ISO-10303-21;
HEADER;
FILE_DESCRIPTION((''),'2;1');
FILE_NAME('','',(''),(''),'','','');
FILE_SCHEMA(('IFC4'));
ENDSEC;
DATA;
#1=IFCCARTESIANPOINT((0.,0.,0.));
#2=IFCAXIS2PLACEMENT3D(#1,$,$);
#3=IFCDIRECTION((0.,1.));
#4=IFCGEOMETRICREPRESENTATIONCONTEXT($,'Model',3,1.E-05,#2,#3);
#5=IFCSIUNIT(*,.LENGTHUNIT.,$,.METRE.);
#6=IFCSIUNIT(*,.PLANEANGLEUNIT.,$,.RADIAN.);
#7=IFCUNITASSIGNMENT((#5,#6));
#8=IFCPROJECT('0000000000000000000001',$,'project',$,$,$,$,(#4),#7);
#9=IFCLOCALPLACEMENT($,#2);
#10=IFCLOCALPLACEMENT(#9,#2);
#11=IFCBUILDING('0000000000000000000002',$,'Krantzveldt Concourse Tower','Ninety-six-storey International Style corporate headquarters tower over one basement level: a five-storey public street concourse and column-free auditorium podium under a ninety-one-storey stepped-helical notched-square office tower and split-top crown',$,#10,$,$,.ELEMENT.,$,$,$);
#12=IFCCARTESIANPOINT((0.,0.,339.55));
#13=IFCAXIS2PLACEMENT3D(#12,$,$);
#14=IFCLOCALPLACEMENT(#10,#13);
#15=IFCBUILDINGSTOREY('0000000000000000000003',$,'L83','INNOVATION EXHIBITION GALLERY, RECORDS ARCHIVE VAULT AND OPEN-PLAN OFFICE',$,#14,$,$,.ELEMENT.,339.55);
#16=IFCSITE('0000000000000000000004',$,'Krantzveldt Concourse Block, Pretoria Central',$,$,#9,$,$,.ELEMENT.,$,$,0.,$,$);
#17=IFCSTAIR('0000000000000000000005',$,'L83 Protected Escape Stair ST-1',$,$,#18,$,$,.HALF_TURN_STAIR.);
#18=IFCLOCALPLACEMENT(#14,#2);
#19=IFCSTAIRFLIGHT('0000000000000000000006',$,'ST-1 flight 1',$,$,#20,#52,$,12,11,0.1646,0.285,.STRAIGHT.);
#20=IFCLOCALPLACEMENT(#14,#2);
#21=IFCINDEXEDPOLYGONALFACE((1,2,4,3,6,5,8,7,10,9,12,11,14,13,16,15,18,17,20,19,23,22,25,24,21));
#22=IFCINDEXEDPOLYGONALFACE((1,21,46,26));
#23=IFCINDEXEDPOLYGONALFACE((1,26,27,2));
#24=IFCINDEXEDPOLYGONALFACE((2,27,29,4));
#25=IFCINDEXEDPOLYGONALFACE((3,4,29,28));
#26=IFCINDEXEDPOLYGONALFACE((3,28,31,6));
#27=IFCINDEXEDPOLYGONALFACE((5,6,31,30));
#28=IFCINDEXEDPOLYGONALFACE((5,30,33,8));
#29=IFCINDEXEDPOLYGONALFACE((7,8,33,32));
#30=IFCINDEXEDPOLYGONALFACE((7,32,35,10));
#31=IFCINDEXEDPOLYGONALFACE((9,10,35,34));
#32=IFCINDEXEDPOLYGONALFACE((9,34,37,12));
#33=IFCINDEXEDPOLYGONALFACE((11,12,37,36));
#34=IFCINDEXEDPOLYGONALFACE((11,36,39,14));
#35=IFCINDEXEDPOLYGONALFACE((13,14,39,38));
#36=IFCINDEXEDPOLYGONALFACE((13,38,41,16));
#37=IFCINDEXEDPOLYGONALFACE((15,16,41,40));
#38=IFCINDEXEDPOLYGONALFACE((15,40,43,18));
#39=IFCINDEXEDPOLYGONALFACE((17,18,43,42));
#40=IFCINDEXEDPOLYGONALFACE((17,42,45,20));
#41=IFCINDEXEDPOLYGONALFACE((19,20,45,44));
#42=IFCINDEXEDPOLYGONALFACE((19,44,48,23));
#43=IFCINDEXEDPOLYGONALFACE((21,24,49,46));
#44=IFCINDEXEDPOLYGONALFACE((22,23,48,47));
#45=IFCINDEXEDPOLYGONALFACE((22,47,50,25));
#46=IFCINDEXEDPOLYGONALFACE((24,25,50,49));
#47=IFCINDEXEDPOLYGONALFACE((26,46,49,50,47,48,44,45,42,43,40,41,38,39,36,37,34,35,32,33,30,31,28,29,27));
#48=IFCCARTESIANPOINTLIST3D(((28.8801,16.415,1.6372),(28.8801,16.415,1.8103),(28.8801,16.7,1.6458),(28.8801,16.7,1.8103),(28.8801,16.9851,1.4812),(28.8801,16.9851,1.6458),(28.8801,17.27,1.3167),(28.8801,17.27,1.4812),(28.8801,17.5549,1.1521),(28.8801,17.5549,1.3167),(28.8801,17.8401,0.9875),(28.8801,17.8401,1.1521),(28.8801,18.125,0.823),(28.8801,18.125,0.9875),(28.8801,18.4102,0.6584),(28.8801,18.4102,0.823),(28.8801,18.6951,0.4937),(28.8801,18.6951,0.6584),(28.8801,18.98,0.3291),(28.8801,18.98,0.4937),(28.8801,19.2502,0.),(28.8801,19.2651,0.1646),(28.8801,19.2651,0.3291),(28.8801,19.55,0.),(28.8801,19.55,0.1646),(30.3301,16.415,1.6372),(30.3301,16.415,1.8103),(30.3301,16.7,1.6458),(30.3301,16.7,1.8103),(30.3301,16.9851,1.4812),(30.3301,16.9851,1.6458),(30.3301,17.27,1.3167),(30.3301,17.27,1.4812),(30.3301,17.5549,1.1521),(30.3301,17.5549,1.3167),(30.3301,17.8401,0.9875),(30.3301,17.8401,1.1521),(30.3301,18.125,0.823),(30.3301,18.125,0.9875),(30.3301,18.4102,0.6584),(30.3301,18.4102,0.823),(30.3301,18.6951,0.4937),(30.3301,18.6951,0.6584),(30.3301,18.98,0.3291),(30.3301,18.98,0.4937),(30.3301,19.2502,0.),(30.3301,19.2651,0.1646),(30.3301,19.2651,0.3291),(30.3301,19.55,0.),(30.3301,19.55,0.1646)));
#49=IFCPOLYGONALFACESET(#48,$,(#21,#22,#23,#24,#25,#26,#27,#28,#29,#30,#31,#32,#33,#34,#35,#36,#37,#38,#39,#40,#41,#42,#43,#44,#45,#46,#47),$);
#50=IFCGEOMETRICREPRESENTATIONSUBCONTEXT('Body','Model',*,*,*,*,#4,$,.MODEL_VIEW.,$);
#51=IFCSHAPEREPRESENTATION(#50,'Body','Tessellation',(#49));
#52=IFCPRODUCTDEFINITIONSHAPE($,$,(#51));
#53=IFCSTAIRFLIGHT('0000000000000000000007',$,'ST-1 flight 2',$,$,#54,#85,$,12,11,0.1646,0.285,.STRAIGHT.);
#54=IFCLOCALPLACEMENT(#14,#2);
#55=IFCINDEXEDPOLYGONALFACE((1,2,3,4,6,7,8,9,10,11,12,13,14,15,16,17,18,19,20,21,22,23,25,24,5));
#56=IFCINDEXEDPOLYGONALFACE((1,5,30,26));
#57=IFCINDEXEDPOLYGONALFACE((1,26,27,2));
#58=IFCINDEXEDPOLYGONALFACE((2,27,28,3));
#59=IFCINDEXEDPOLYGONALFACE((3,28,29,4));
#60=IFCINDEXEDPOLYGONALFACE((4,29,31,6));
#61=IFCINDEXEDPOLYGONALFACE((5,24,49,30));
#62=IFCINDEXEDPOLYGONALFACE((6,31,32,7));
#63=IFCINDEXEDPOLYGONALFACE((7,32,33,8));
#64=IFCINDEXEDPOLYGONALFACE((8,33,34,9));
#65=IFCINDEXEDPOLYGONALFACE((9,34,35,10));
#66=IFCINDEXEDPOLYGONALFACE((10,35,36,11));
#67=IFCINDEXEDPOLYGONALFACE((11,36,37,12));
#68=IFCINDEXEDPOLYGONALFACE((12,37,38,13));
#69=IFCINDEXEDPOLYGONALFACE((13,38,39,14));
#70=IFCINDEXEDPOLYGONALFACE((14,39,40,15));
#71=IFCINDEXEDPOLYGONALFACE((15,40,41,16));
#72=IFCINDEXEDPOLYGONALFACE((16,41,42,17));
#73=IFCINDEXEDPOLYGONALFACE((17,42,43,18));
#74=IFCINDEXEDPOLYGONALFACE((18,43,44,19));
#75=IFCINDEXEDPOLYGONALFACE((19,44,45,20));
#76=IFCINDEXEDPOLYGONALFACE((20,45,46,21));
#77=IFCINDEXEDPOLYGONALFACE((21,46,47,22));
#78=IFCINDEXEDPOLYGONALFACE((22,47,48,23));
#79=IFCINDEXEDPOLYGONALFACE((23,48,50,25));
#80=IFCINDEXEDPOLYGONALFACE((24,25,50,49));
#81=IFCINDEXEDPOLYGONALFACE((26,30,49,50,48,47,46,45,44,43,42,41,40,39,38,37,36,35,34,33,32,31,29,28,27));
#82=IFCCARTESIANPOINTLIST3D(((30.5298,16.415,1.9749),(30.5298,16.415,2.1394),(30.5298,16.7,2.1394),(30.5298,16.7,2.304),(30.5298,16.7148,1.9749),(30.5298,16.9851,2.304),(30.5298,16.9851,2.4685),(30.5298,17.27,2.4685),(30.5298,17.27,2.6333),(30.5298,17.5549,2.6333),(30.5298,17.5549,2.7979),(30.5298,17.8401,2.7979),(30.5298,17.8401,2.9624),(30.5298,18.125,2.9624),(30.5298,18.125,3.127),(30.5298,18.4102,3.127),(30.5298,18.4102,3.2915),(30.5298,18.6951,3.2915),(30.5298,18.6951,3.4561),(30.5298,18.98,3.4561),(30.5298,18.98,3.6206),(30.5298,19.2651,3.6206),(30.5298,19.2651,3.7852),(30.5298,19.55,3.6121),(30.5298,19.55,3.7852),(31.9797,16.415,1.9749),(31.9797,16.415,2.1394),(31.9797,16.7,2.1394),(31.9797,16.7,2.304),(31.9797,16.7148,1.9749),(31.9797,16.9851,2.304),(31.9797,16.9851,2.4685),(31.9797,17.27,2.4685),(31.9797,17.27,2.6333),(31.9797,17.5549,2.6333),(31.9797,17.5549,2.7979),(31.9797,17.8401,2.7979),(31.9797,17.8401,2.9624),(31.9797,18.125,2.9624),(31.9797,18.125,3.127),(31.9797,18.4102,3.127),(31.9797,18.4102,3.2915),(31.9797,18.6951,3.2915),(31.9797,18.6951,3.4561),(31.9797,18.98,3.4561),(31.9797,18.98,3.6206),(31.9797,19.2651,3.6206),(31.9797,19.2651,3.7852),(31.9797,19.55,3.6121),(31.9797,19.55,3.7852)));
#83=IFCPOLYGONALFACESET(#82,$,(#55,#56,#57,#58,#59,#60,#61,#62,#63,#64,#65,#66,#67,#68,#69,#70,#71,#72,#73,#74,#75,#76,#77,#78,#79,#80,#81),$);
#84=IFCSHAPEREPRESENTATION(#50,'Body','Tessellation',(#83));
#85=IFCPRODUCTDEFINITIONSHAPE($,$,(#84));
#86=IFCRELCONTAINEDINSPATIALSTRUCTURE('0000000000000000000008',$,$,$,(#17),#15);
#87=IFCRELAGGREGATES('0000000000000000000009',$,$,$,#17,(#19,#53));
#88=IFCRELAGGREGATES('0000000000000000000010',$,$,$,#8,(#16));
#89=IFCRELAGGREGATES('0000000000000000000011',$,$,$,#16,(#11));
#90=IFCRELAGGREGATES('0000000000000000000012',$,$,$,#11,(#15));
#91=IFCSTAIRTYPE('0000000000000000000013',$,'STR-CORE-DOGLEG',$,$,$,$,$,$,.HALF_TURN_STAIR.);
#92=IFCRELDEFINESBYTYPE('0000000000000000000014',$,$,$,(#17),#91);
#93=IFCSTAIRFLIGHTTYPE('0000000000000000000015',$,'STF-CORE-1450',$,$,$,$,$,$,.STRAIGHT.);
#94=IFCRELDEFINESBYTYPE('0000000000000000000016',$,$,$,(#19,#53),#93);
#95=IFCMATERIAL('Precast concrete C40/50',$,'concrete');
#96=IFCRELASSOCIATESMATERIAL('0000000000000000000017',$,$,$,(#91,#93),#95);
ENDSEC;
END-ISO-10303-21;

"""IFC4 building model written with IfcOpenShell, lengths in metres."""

from ifc_helpers import new_model, si_unit, direction, frame, origin, place, context, subcontext, project, spatial, polyline, outline, extrude, material, type_object, element, aggregate, save


model = new_model("IFC4")

# Units and contexts
model_context = context("Model", 3, precision=1e-05, world=origin(), true_north=direction((0.0, 1.0)))
body_context = subcontext(model_context, "Body", "Model", "MODEL_VIEW")
ifc_project = project(units=[si_unit("LENGTHUNIT", "METRE"), si_unit("PLANEANGLEUNIT", "RADIAN")], contexts=[model_context])

# Site, building, storey
site_placement = place(None, origin())
site = spatial("IfcSite", under=ifc_project, at=site_placement, Name="Krantzveldt Concourse Block, Pretoria Central", CompositionType="ELEMENT", RefElevation=0.0)
building_placement = place(site_placement, origin())
building = spatial("IfcBuilding", under=site, at=building_placement, Name="Krantzveldt Concourse Tower", Description="Ninety-six-storey International Style corporate headquarters tower over one basement level: a five-storey public street concourse and column-free auditorium podium under a ninety-one-storey stepped-helical notched-square office tower and split-top crown", CompositionType="ELEMENT")
storey_placement = place(building_placement, frame((0.0, 0.0, 339.55)))
storey = spatial("IfcBuildingStorey", under=building, at=storey_placement, Name="L83", Description="INNOVATION EXHIBITION GALLERY, RECORDS ARCHIVE VAULT AND OPEN-PLAN OFFICE", CompositionType="ELEMENT", Elevation=339.55)

# Stair, stair flights
ifc_material_1 = material(Name="Precast concrete C40/50", Category="concrete")
stair_type = type_object("IfcStairType", Name="STR-CORE-DOGLEG", PredefinedType="HALF_TURN_STAIR", material=ifc_material_1)
stair_placement = place(storey_placement, origin())
stair = element("IfcStair", 1, at=stair_placement, inside=storey, type_object=stair_type, Name="L83 Protected Escape Stair ST-1", PredefinedType="HALF_TURN_STAIR")
stair_flight_type = type_object("IfcStairFlightType", Name="STF-CORE-1450", PredefinedType="STRAIGHT", material=ifc_material_1)
stair_flight_1_placement = place(storey_placement, frame((29.605, 19.55, 0.0), z_axis=(0.0, 0.0, 1.0), x_axis=(0.0, -1.0, 0.0)))
stair_flight_1 = element("IfcStairFlight", 2, at=stair_flight_1_placement, type_object=stair_flight_type, Name="ST-1 flight 1", NumberOfRisers=12, NumberOfTreads=11, PredefinedType="STRAIGHT", RiserHeight=0.1646, TreadLength=0.285, context=body_context, shape_type="SweptSolid", body=[
    extrude(outline(polyline([(0.0, 0.0), (0.0, 0.1646), (0.2849, 0.1646), (0.2849, 0.3291), (0.5701, 0.3291), (0.5701, 0.4937), (0.855, 0.4937), (0.855, 0.6584), (1.1399, 0.6584), (1.1399, 0.823), (1.425, 0.823), (1.425, 0.9875), (1.71, 0.9875), (1.71, 1.1521), (1.9951, 1.1521), (1.9951, 1.3167), (2.28, 1.3167), (2.28, 1.4812), (2.5649, 1.4812), (2.5649, 1.6458), (2.8501, 1.6458), (2.8501, 1.8103), (3.135, 1.8103), (3.135, 1.9751), (3.135, 1.6372), (0.2998, 0.0), (0.0, 0.0)])), frame((0.0, 0.7251, 0.0), z_axis=(0.0, -1.0, 0.0), x_axis=(1.0, 0.0, 0.0)), (0.0, 0.0, 1.0), 1.45),
])
stair_flight_2_placement = place(storey_placement, frame((31.2549, 16.415, 1.9749), z_axis=(0.0, 0.0, 1.0), x_axis=(0.0, 1.0, 0.0)))
stair_flight_2 = element("IfcStairFlight", 3, at=stair_flight_2_placement, type_object=stair_flight_type, Name="ST-1 flight 2", NumberOfRisers=12, NumberOfTreads=11, PredefinedType="STRAIGHT", RiserHeight=0.1646, TreadLength=0.285, context=body_context, shape_type="SweptSolid", body=[
    extrude(outline(polyline([(0.0, 0.0), (0.0, 0.1646), (0.2849, 0.1646), (0.2849, 0.3291), (0.5701, 0.3291), (0.5701, 0.4937), (0.855, 0.4937), (0.855, 0.6584), (1.1399, 0.6584), (1.1399, 0.823), (1.425, 0.823), (1.425, 0.9875), (1.71, 0.9875), (1.71, 1.1521), (1.9951, 1.1521), (1.9951, 1.3167), (2.28, 1.3167), (2.28, 1.4812), (2.5649, 1.4812), (2.5649, 1.6458), (2.8501, 1.6458), (2.8501, 1.8103), (3.135, 1.8103), (3.135, 1.9751), (3.135, 1.6372), (0.2998, 0.0), (0.0, 0.0)])), frame((0.0, 0.7251, 0.0), z_axis=(0.0, -1.0, 0.0), x_axis=(1.0, 0.0, 0.0)), (0.0, 0.0, 1.0), 1.45),
])
aggregate(stair, [stair_flight_1, stair_flight_2])

save(model, "model.ifc")
